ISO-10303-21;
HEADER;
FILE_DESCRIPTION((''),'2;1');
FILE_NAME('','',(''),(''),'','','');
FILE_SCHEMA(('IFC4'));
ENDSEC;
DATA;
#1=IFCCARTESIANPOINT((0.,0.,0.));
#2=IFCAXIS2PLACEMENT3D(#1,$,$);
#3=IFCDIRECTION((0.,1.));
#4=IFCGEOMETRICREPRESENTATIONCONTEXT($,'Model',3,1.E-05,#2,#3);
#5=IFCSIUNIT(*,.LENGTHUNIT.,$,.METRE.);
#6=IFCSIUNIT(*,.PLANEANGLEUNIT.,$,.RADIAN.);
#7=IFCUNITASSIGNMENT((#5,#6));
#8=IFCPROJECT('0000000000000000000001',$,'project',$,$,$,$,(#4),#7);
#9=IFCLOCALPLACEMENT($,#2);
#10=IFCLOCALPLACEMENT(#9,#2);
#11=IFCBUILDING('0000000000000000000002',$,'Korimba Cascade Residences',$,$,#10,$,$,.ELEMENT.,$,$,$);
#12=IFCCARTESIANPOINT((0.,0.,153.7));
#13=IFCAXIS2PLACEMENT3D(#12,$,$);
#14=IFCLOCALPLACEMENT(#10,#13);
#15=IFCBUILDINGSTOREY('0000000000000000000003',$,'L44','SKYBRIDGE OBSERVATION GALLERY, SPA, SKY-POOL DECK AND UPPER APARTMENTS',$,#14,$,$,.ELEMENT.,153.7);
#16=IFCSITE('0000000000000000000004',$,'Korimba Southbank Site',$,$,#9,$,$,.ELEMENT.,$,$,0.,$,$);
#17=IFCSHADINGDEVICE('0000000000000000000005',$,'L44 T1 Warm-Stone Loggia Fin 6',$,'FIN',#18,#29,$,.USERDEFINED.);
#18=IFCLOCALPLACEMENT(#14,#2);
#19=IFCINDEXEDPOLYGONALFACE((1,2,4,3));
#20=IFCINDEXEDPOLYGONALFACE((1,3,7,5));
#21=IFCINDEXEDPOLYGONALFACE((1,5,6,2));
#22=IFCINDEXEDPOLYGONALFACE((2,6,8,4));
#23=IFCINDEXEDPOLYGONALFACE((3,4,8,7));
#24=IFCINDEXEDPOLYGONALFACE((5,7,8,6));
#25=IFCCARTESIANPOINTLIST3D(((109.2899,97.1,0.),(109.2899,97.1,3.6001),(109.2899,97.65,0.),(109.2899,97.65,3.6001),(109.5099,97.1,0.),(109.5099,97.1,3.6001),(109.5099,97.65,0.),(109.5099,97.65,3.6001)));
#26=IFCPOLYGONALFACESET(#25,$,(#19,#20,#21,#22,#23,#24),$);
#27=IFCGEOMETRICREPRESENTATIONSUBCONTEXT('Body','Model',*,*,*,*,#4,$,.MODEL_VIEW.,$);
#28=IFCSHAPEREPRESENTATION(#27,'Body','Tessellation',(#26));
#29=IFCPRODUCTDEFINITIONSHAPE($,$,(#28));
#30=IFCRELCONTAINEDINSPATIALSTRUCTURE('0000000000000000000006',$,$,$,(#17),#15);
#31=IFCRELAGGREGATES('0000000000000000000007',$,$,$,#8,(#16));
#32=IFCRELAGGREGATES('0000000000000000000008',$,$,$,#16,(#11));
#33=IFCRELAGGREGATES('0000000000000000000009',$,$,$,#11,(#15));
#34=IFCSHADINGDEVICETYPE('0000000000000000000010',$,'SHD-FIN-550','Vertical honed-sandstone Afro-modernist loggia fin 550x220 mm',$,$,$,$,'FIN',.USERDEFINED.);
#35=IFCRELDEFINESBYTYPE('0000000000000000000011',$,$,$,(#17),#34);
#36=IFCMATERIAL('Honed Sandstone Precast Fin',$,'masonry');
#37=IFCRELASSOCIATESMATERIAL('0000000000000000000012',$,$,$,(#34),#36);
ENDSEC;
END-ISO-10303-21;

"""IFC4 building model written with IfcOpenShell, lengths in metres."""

from ifc_helpers import new_model, si_unit, direction, frame, origin, origin_2d, place, context, subcontext, project, spatial, rectangle, extrude, material, type_object, element, save


model = new_model("IFC4")

# Units and contexts
model_context = context("Model", 3, precision=1e-05, world=origin(), true_north=direction((0.0, 1.0)))
body_context = subcontext(model_context, "Body", "Model", "MODEL_VIEW")
ifc_project = project(units=[si_unit("LENGTHUNIT", "METRE"), si_unit("PLANEANGLEUNIT", "RADIAN")], contexts=[model_context])

# Site, building, storey
site_placement = place(None, origin())
site = spatial("IfcSite", under=ifc_project, at=site_placement, Name="Korimba Southbank Site", CompositionType="ELEMENT", RefElevation=0.0)
building_placement = place(site_placement, origin())
building = spatial("IfcBuilding", under=site, at=building_placement, Name="Korimba Cascade Residences", CompositionType="ELEMENT")
storey_placement = place(building_placement, frame((0.0, 0.0, 153.7)))
storey = spatial("IfcBuildingStorey", under=building, at=storey_placement, Name="L44", Description="SKYBRIDGE OBSERVATION GALLERY, SPA, SKY-POOL DECK AND UPPER APARTMENTS", CompositionType="ELEMENT", Elevation=153.7)

# Shading device
ifc_material_1 = material(Name="Honed Sandstone Precast Fin", Category="masonry")
shading_device_type = type_object("IfcShadingDeviceType", Name="SHD-FIN-550", Description="Vertical honed-sandstone Afro-modernist loggia fin 550x220 mm", ElementType="FIN", PredefinedType="USERDEFINED", material=ifc_material_1)
for number, where, z_axis, x_axis, name in (
    (1, (109.3999, 97.375, 0.0), (0.0, 0.0, 1.0), (1.0, 0.0, 0.0), "L44 T1 Warm-Stone Loggia Fin 6"),
):
    element("IfcShadingDevice", number, at=place(storey_placement, frame(where, z_axis=z_axis, x_axis=x_axis)), inside=storey, type_object=shading_device_type, Name=name, ObjectType="FIN", PredefinedType="USERDEFINED", context=body_context, shape_type="SweptSolid", body=[
        extrude(rectangle(XDim=0.22, YDim=0.55, at=origin_2d()), origin(), (0.0, 0.0, 1.0), 3.6001),
    ])

save(model, "model.ifc")
